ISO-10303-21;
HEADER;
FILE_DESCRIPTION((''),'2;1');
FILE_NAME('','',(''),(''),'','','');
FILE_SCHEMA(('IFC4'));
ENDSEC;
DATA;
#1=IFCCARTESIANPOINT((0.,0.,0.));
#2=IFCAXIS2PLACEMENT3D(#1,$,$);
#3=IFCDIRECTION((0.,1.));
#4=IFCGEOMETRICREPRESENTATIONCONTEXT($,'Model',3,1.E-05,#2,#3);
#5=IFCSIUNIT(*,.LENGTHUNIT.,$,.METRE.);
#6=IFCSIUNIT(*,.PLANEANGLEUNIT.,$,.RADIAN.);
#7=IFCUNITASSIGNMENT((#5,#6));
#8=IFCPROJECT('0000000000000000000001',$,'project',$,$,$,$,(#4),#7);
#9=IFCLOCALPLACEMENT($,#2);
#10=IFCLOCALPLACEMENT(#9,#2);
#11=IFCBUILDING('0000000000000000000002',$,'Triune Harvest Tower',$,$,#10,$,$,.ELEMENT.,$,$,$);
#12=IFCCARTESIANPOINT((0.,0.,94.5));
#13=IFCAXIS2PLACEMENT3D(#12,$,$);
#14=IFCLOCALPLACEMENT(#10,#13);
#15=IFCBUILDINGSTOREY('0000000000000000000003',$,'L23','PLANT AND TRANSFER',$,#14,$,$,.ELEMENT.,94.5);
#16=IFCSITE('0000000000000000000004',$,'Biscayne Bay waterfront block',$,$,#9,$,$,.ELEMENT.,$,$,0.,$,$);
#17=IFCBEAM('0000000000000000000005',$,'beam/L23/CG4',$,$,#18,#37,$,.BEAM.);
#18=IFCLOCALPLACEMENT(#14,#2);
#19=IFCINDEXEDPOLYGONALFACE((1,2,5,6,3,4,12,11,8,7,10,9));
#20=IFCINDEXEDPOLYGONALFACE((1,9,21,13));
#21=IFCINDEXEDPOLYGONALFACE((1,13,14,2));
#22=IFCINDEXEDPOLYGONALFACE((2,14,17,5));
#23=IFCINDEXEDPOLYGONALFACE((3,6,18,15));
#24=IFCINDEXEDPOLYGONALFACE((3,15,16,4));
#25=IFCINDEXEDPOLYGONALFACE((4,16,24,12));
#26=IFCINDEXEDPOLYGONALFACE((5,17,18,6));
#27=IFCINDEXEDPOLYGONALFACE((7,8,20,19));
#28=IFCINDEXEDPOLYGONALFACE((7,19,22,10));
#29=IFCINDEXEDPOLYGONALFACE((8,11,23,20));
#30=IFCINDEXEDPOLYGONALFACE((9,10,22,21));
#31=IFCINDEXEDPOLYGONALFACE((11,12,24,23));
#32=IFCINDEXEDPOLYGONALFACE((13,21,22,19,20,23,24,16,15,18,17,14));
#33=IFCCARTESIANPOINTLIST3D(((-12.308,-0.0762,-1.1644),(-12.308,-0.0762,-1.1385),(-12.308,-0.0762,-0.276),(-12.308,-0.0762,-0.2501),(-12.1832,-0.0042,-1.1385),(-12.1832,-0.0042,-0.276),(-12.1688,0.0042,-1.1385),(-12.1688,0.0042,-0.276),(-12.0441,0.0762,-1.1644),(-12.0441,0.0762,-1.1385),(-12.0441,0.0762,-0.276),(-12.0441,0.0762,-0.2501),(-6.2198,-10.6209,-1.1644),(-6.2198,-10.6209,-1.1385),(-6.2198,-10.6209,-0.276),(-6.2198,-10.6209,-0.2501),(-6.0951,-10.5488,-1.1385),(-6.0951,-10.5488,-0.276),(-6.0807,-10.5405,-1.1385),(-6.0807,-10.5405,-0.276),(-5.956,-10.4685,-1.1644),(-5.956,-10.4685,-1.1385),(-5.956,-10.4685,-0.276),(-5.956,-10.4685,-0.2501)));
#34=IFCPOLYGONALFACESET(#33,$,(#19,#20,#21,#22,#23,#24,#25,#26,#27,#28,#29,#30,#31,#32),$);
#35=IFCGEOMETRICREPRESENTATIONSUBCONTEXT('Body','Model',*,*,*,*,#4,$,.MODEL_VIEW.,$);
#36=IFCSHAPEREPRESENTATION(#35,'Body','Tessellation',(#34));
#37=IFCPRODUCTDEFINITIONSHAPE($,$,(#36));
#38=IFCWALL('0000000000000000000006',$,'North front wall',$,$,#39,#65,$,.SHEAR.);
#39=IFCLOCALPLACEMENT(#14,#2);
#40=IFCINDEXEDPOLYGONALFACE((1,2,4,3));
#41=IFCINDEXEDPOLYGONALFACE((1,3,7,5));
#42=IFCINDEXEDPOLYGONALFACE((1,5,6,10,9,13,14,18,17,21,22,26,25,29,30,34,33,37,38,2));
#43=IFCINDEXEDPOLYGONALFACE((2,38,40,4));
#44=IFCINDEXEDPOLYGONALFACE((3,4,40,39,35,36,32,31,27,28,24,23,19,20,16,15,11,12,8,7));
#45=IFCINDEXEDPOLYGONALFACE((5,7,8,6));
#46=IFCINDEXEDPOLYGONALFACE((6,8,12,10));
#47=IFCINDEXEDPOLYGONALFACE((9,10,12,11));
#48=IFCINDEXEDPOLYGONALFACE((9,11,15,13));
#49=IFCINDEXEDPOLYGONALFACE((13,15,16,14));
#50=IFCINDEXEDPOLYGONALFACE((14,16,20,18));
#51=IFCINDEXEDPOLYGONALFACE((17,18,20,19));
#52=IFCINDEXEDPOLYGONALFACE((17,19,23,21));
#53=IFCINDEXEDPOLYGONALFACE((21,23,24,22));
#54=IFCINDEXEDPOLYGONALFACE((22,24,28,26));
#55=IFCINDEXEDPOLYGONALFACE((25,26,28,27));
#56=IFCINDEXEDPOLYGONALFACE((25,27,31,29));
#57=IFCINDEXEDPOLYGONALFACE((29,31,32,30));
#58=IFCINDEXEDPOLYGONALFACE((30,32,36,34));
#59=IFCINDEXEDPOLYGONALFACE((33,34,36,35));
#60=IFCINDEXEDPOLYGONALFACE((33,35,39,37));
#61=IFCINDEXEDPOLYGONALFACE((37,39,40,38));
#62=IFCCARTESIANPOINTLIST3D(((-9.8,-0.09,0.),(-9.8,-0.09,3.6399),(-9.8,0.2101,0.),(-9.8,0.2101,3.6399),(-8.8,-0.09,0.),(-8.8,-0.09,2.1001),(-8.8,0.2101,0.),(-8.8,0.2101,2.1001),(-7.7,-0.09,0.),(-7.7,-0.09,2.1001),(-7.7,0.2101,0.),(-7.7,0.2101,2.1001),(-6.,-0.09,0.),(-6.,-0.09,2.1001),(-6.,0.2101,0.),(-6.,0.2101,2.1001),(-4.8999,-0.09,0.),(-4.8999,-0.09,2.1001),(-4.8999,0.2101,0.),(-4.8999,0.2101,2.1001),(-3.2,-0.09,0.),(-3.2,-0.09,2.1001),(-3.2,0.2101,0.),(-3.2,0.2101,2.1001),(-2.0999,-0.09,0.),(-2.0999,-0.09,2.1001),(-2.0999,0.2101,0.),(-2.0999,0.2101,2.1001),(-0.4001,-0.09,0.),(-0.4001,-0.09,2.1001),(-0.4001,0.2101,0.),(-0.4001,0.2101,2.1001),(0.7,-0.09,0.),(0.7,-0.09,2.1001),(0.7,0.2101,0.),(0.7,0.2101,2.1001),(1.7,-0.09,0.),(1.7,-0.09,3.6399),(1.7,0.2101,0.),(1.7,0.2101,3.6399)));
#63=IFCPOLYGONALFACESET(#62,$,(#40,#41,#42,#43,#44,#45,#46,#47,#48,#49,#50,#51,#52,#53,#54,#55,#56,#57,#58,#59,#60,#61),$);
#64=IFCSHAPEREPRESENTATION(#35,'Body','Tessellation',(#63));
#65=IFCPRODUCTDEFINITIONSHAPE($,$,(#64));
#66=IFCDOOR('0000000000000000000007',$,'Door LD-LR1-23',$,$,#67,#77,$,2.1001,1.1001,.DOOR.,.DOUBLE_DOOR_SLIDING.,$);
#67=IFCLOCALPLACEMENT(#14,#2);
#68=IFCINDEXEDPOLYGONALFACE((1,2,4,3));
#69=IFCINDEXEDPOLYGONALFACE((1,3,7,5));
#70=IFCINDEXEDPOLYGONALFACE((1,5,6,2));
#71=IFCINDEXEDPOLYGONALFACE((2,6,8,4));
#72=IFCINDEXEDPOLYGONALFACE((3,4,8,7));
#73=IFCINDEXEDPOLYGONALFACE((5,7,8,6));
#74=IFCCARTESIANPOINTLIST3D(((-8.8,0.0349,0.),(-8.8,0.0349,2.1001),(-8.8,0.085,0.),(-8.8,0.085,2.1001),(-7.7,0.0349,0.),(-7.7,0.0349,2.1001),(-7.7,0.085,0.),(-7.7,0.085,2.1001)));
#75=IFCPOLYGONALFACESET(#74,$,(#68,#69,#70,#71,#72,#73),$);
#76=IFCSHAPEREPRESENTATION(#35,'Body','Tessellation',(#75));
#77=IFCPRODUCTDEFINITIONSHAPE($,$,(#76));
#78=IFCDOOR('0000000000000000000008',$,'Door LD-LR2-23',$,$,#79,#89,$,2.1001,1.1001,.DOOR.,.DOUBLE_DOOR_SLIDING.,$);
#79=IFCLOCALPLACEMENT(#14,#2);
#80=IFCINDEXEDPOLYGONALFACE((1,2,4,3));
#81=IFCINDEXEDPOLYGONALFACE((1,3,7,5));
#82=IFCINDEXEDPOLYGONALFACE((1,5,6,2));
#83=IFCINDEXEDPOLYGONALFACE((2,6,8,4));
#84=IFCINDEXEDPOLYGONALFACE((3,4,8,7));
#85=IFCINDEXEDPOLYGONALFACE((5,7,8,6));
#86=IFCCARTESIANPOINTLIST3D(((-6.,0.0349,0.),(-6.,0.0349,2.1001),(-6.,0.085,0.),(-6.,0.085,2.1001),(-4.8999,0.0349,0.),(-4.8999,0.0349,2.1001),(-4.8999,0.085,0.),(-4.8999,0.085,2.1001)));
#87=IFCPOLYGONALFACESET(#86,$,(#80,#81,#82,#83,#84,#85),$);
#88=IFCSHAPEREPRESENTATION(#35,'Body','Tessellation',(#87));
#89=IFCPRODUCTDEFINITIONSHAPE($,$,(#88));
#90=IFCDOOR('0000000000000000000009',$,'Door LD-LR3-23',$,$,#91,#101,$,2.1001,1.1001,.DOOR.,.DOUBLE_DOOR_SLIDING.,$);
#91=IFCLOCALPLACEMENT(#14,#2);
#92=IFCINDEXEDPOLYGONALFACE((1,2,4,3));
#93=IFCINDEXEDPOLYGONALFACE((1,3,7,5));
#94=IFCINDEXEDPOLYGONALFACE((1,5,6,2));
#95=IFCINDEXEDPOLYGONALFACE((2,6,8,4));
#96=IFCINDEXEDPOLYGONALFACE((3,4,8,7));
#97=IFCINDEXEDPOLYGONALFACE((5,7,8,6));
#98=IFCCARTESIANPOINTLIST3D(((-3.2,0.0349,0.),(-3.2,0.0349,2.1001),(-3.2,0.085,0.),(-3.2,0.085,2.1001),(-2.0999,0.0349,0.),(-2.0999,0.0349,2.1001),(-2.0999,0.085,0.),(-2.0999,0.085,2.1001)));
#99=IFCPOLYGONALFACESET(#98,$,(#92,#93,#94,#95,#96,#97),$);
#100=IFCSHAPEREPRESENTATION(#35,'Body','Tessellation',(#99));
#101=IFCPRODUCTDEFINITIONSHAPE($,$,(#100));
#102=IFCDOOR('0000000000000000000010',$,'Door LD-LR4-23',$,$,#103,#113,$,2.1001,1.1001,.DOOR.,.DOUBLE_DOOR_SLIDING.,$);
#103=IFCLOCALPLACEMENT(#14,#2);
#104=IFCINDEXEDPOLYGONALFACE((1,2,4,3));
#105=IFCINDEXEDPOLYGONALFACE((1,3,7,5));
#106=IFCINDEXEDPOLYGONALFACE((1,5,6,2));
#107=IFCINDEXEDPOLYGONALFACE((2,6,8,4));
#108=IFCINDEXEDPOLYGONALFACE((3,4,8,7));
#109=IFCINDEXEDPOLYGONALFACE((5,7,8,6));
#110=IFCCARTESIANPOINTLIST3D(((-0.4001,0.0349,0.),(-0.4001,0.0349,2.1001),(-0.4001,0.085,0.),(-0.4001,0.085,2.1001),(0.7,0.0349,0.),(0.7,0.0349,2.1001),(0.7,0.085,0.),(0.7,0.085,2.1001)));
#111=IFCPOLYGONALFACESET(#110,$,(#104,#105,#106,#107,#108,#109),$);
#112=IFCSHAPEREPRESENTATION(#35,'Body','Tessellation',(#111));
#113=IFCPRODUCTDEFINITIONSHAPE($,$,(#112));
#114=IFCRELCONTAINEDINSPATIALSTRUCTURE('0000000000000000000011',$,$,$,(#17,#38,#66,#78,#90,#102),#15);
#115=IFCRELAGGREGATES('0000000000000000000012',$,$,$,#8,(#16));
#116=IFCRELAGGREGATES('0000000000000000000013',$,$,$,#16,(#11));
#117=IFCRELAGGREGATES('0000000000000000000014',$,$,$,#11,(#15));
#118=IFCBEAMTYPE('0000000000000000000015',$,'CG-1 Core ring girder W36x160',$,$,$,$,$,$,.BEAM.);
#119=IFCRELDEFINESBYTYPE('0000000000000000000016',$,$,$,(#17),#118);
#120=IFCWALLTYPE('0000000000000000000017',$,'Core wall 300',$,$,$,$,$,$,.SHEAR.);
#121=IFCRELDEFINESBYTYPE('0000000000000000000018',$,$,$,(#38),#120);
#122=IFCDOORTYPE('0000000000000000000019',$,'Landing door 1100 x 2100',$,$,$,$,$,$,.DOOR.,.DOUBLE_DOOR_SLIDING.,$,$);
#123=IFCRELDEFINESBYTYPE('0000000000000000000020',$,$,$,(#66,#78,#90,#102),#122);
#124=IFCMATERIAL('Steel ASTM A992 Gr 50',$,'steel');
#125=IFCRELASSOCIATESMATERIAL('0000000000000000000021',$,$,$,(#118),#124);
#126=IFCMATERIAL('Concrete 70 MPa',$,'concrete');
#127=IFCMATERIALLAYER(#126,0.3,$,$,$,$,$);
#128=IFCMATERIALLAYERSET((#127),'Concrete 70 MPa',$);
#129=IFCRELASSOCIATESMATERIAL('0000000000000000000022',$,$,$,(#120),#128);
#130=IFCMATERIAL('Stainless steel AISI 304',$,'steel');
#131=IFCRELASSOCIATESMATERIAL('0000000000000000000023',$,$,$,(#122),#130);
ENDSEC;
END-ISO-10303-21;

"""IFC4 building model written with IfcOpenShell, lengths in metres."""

from ifc_helpers import new_model, si_unit, direction, frame, frame_2d, origin, origin_2d, place, context, subcontext, project, spatial, rectangle, i_section, extrude, source, transform, mapped, material, layer, layer_set, material_profile, profile_set, type_object, element, fill, save


model = new_model("IFC4")

# Units and contexts
model_context = context("Model", 3, precision=1e-05, world=origin(), true_north=direction((0.0, 1.0)))
body_context = subcontext(model_context, "Body", "Model", "MODEL_VIEW")
ifc_project = project(units=[si_unit("LENGTHUNIT", "METRE"), si_unit("PLANEANGLEUNIT", "RADIAN")], contexts=[model_context])

# Site, building, storey
site_placement = place(None, origin())
site = spatial("IfcSite", under=ifc_project, at=site_placement, Name="Biscayne Bay waterfront block", CompositionType="ELEMENT", RefElevation=0.0)
building_placement = place(site_placement, origin())
building = spatial("IfcBuilding", under=site, at=building_placement, Name="Triune Harvest Tower", CompositionType="ELEMENT")
storey_placement = place(building_placement, frame((0.0, 0.0, 94.5)))
storey = spatial("IfcBuildingStorey", under=building, at=storey_placement, Name="L23", Description="PLANT AND TRANSFER", CompositionType="ELEMENT", Elevation=94.5)

# Beam
ifc_material_1 = material(Name="Steel ASTM A992 Gr 50", Category="steel")
ifc_material_profile = material_profile(ifc_material_1, i_section(OverallWidth=0.3047, OverallDepth=0.9143, WebThickness=0.0166, FlangeThickness=0.0259, at=origin_2d()), Name="W36x160")
ifc_profile_set = profile_set([ifc_material_profile], Name="Steel ASTM A992 Gr 50")
beam_type = type_object("IfcBeamType", Name="CG-1 Core ring girder W36x160", PredefinedType="BEAM", material=ifc_profile_set)
shared_shape_1 = source(origin(), body_context, "Body", "SweptSolid", [
    extrude(i_section(OverallWidth=0.3047, OverallDepth=0.9143, WebThickness=0.0166, FlangeThickness=0.0259, at=origin_2d()), origin(), (0.0, 0.0, 1.0), 12.176),
])
beam_placement = place(storey_placement, frame((-12.176, 0.0, -0.7073), z_axis=(0.50001, -0.86602, 0.0), x_axis=(0.86602, 0.50001, 0.0)))
element("IfcBeam", 1, at=beam_placement, inside=storey, type_object=beam_type, Name="beam/L23/CG4", PredefinedType="BEAM", context=body_context, shape_type="MappedRepresentation", body=[
    mapped(shared_shape_1, transform((0.0, 0.0, 0.0), scale=1.0)),
])

# Wall, openings, doors
ifc_material_2 = material(Name="Concrete 70 MPa", Category="concrete")
ifc_layer_1 = layer(ifc_material_2, 0.3)
ifc_layer_set_1 = layer_set([ifc_layer_1], Name="Concrete 70 MPa")
wall_type_1 = type_object("IfcWallType", Name="Core wall 300", PredefinedType="SHEAR", material=ifc_layer_set_1)
wall_1_placement = place(storey_placement, frame((-9.8, 0.0601, 0.0), z_axis=(0.0, 0.0, 1.0), x_axis=(1.0, 0.0, 0.0)))
wall_1 = element("IfcWall", 2, at=wall_1_placement, inside=storey, type_object=wall_type_1, Name="North front wall", PredefinedType="SHEAR", context=body_context, shape_type="SweptSolid", body=[
    extrude(rectangle(XDim=11.5, YDim=0.3, at=frame_2d((5.75, 0.0))), origin(), (0.0, 0.0, 1.0), 3.6399),
])
opening_1_placement = place(wall_1_placement, frame((1.0, 0.0, 0.0)))
opening_1 = element("IfcOpeningElement", 3, at=opening_1_placement, cuts=wall_1, PredefinedType="OPENING", context=body_context, shape_type="SweptSolid", body=[
    extrude(rectangle(XDim=1.1001, YDim=2.1001, at=frame_2d((0.55, 1.05))), frame((0.0, 0.1602, 0.0), z_axis=(0.0, -1.0, 0.0), x_axis=(1.0, 0.0, 0.0)), (0.0, 0.0, 1.0), 0.3201),
])
opening_2_placement = place(wall_1_placement, frame((3.8, 0.0, 0.0)))
opening_2 = element("IfcOpeningElement", 4, at=opening_2_placement, cuts=wall_1, PredefinedType="OPENING", context=body_context, shape_type="SweptSolid", body=[
    extrude(rectangle(XDim=1.1001, YDim=2.1001, at=frame_2d((0.55, 1.05))), frame((0.0, 0.1602, 0.0), z_axis=(0.0, -1.0, 0.0), x_axis=(1.0, 0.0, 0.0)), (0.0, 0.0, 1.0), 0.3201),
])
opening_3_placement = place(wall_1_placement, frame((6.6001, 0.0, 0.0)))
opening_3 = element("IfcOpeningElement", 5, at=opening_3_placement, cuts=wall_1, PredefinedType="OPENING", context=body_context, shape_type="SweptSolid", body=[
    extrude(rectangle(XDim=1.1001, YDim=2.1001, at=frame_2d((0.55, 1.05))), frame((0.0, 0.1602, 0.0), z_axis=(0.0, -1.0, 0.0), x_axis=(1.0, 0.0, 0.0)), (0.0, 0.0, 1.0), 0.3201),
])
opening_4_placement = place(wall_1_placement, frame((9.3999, 0.0, 0.0)))
opening_4 = element("IfcOpeningElement", 6, at=opening_4_placement, cuts=wall_1, PredefinedType="OPENING", context=body_context, shape_type="SweptSolid", body=[
    extrude(rectangle(XDim=1.1001, YDim=2.1001, at=frame_2d((0.55, 1.05))), frame((0.0, 0.1602, 0.0), z_axis=(0.0, -1.0, 0.0), x_axis=(1.0, 0.0, 0.0)), (0.0, 0.0, 1.0), 0.3201),
])
ifc_material_3 = material(Name="Stainless steel AISI 304", Category="steel")
door_type_1 = type_object("IfcDoorType", Name="Landing door 1100 x 2100", OperationType="DOUBLE_DOOR_SLIDING", PredefinedType="DOOR", material=ifc_material_3)
door_1_placement = place(opening_1_placement, origin())
door_1 = element("IfcDoor", 7, at=door_1_placement, inside=storey, type_object=door_type_1, Name="Door LD-LR1-23", OperationType="DOUBLE_DOOR_SLIDING", OverallHeight=2.1001, OverallWidth=1.1001, PredefinedType="DOOR", context=body_context, shape_type="SweptSolid", body=[
    extrude(rectangle(XDim=1.1001, YDim=2.1001, at=frame_2d((0.55, 1.05))), frame((0.0, 0.0249, 0.0), z_axis=(0.0, -1.0, 0.0), x_axis=(1.0, 0.0, 0.0)), (0.0, 0.0, 1.0), 0.05),
])
fill(opening_1, door_1)
door_2_placement = place(opening_2_placement, origin())
door_2 = element("IfcDoor", 8, at=door_2_placement, inside=storey, type_object=door_type_1, Name="Door LD-LR2-23", OperationType="DOUBLE_DOOR_SLIDING", OverallHeight=2.1001, OverallWidth=1.1001, PredefinedType="DOOR", context=body_context, shape_type="SweptSolid", body=[
    extrude(rectangle(XDim=1.1001, YDim=2.1001, at=frame_2d((0.55, 1.05))), frame((0.0, 0.0249, 0.0), z_axis=(0.0, -1.0, 0.0), x_axis=(1.0, 0.0, 0.0)), (0.0, 0.0, 1.0), 0.05),
])
fill(opening_2, door_2)
door_3_placement = place(opening_3_placement, origin())
door_3 = element("IfcDoor", 9, at=door_3_placement, inside=storey, type_object=door_type_1, Name="Door LD-LR3-23", OperationType="DOUBLE_DOOR_SLIDING", OverallHeight=2.1001, OverallWidth=1.1001, PredefinedType="DOOR", context=body_context, shape_type="SweptSolid", body=[
    extrude(rectangle(XDim=1.1001, YDim=2.1001, at=frame_2d((0.55, 1.05))), frame((0.0, 0.0249, 0.0), z_axis=(0.0, -1.0, 0.0), x_axis=(1.0, 0.0, 0.0)), (0.0, 0.0, 1.0), 0.05),
])
fill(opening_3, door_3)
door_4_placement = place(opening_4_placement, origin())
door_4 = element("IfcDoor", 10, at=door_4_placement, inside=storey, type_object=door_type_1, Name="Door LD-LR4-23", OperationType="DOUBLE_DOOR_SLIDING", OverallHeight=2.1001, OverallWidth=1.1001, PredefinedType="DOOR", context=body_context, shape_type="SweptSolid", body=[
    extrude(rectangle(XDim=1.1001, YDim=2.1001, at=frame_2d((0.55, 1.05))), frame((0.0, 0.0249, 0.0), z_axis=(0.0, -1.0, 0.0), x_axis=(1.0, 0.0, 0.0)), (0.0, 0.0, 1.0), 0.05),
])
fill(opening_4, door_4)

save(model, "model.ifc")
